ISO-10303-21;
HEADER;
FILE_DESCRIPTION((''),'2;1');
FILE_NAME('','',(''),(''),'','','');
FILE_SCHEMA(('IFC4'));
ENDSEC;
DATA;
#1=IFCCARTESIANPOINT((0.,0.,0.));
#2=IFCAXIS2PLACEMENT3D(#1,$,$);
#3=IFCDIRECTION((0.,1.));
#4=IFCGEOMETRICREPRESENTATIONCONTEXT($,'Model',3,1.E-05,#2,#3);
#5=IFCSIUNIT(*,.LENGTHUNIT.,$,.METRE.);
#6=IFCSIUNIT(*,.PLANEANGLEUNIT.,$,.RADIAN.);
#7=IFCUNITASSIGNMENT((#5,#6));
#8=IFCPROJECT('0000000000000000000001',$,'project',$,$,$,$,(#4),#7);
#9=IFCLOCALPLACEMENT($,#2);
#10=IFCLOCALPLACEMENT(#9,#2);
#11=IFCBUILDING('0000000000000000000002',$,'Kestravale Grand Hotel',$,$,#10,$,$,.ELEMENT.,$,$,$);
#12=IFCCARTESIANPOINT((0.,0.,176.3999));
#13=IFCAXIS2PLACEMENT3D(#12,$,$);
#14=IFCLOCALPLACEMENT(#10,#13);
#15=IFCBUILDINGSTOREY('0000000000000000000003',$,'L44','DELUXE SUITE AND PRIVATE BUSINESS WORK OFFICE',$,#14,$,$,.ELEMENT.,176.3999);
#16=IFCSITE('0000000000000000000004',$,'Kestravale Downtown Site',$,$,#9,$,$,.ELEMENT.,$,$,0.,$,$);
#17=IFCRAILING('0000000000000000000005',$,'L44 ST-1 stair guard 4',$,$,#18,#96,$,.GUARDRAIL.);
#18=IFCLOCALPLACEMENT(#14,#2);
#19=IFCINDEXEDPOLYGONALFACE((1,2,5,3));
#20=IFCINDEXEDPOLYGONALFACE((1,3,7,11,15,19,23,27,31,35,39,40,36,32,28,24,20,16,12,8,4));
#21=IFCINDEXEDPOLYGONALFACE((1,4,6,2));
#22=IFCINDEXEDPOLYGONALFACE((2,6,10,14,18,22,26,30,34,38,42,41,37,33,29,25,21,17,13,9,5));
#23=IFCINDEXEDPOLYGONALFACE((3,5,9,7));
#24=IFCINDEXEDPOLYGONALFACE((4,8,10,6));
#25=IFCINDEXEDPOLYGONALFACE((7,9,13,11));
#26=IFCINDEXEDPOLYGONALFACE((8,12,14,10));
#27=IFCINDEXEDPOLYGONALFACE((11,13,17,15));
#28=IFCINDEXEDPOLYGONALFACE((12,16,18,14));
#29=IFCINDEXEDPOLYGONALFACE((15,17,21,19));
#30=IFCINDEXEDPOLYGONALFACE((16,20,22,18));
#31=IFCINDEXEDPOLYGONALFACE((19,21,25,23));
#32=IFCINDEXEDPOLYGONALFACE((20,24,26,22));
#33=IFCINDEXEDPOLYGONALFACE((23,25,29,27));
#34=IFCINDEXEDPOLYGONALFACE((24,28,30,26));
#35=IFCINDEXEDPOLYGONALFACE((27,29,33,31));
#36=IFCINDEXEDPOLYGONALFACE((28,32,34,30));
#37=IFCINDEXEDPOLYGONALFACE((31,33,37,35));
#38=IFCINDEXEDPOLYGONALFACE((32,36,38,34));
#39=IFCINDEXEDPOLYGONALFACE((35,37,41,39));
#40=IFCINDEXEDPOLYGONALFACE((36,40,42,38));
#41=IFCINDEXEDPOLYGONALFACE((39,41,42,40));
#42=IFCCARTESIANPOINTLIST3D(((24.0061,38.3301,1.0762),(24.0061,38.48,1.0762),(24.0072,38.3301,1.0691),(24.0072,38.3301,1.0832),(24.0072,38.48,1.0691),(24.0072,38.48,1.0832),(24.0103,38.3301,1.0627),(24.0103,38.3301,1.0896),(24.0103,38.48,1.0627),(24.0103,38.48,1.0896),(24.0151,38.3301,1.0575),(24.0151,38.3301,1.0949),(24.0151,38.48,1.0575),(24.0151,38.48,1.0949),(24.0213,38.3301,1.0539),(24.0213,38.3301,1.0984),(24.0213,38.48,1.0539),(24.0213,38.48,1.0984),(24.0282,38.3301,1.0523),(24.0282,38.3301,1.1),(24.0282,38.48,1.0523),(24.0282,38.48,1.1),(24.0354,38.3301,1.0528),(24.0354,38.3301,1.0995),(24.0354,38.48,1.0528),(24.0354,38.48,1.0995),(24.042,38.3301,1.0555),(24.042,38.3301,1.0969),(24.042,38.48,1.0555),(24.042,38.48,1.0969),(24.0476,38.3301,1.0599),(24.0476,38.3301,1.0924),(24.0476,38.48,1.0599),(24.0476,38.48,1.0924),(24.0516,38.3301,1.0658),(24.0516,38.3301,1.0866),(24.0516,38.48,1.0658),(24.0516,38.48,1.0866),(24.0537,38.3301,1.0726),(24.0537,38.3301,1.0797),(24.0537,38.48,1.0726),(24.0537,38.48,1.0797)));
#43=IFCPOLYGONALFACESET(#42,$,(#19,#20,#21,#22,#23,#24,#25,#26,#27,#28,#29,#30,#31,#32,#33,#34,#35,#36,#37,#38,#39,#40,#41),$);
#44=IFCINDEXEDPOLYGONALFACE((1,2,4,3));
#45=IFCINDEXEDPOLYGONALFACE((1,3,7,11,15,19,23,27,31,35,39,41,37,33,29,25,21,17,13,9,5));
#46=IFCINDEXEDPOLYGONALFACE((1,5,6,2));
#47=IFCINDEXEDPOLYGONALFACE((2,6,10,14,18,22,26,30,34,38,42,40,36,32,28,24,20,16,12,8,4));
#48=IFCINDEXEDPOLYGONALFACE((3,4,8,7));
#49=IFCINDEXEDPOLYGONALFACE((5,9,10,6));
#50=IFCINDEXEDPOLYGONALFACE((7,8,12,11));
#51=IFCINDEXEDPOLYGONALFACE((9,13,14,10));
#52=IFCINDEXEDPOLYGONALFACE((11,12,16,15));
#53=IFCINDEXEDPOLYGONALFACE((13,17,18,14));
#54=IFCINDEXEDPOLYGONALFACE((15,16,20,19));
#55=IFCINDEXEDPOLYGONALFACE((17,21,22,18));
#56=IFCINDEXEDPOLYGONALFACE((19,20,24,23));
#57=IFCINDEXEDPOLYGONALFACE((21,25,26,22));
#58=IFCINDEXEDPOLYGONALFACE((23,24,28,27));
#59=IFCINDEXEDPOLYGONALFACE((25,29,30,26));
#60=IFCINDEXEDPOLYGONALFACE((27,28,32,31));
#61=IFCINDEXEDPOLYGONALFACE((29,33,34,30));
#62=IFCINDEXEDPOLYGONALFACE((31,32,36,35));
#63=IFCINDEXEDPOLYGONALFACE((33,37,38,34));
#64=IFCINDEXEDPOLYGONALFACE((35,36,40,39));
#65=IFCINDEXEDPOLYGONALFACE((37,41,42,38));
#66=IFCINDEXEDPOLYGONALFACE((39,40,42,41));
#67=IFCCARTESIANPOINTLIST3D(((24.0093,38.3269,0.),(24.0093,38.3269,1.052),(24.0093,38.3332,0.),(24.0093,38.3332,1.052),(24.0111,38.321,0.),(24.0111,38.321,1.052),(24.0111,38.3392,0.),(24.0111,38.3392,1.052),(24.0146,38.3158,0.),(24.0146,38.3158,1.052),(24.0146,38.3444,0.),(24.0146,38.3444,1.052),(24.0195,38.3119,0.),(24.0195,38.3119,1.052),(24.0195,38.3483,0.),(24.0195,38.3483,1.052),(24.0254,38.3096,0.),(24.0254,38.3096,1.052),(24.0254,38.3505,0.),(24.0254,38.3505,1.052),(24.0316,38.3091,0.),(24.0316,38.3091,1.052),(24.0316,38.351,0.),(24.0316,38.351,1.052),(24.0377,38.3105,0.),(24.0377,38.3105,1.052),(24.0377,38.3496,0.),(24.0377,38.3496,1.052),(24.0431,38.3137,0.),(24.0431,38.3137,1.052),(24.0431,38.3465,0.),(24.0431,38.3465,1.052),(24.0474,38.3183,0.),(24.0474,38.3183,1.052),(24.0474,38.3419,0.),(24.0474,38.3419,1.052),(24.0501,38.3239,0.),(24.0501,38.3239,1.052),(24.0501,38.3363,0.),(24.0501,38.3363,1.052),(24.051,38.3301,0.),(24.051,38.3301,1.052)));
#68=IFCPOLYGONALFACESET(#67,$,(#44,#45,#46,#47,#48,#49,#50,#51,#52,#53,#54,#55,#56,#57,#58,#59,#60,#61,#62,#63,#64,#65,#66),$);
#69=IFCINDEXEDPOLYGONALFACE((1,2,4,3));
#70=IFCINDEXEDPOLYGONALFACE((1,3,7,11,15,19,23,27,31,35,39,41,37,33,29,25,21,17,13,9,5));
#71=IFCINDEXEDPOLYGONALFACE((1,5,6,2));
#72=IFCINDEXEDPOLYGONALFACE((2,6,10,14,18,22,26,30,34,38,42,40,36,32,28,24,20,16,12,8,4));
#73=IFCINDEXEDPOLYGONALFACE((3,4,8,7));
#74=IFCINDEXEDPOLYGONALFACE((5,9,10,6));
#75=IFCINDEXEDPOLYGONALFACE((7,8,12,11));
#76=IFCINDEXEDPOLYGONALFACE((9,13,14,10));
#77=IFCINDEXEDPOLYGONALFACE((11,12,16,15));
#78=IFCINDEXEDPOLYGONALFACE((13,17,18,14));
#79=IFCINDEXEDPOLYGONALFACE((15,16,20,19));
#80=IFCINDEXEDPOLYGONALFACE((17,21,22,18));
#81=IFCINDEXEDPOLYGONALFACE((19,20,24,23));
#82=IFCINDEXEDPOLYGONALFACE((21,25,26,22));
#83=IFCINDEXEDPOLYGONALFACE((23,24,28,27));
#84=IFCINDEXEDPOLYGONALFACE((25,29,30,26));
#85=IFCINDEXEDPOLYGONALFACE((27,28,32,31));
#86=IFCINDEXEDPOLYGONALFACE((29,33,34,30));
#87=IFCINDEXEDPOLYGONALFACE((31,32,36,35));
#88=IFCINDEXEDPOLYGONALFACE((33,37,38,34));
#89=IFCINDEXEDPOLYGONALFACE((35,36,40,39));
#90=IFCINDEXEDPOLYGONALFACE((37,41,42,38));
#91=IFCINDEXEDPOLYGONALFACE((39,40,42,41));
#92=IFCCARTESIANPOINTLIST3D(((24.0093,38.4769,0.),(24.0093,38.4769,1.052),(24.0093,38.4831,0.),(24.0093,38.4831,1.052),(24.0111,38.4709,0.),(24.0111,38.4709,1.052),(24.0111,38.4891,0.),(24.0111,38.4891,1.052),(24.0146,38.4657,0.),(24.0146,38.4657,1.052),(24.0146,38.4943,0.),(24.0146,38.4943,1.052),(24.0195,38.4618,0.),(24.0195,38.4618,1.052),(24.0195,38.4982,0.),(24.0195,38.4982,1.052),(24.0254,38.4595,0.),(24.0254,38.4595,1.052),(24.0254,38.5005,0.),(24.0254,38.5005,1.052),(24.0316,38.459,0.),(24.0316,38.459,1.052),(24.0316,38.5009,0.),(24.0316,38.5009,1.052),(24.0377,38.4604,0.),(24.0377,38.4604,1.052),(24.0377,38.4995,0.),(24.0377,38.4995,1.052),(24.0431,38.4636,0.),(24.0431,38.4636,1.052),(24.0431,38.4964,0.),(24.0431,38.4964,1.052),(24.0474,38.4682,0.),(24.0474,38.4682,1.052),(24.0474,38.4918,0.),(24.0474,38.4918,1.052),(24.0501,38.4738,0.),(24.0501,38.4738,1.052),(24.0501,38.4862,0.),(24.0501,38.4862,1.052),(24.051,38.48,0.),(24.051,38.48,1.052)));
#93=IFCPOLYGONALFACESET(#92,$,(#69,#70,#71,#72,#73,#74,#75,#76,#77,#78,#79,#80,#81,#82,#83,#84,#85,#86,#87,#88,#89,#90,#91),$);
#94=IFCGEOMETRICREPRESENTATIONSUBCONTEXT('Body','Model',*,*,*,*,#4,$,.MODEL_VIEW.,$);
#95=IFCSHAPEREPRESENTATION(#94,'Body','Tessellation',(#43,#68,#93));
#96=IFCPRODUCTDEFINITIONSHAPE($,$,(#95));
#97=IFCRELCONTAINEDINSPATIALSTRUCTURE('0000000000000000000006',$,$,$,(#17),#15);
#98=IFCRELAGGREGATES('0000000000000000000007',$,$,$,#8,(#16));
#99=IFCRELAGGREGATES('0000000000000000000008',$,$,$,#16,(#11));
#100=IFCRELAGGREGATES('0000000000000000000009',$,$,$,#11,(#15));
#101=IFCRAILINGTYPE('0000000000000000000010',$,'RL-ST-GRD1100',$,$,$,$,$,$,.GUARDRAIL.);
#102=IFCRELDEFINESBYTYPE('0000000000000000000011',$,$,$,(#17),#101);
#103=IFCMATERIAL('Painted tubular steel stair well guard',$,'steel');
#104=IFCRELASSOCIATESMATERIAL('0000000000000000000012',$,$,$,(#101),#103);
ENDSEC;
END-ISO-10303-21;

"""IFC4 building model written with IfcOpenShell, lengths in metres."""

from ifc_helpers import new_model, si_unit, direction, frame, origin, origin_2d, place, context, subcontext, project, spatial, circle, extrude, material, type_object, element, save


model = new_model("IFC4")

# Units and contexts
model_context = context("Model", 3, precision=1e-05, world=origin(), true_north=direction((0.0, 1.0)))
body_context = subcontext(model_context, "Body", "Model", "MODEL_VIEW")
ifc_project = project(units=[si_unit("LENGTHUNIT", "METRE"), si_unit("PLANEANGLEUNIT", "RADIAN")], contexts=[model_context])

# Site, building, storey
site_placement = place(None, origin())
site = spatial("IfcSite", under=ifc_project, at=site_placement, Name="Kestravale Downtown Site", CompositionType="ELEMENT", RefElevation=0.0)
building_placement = place(site_placement, origin())
building = spatial("IfcBuilding", under=site, at=building_placement, Name="Kestravale Grand Hotel", CompositionType="ELEMENT")
storey_placement = place(building_placement, frame((0.0, 0.0, 176.3999)))
storey = spatial("IfcBuildingStorey", under=building, at=storey_placement, Name="L44", Description="DELUXE SUITE AND PRIVATE BUSINESS WORK OFFICE", CompositionType="ELEMENT", Elevation=176.3999)

# Railing
ifc_material_1 = material(Name="Painted tubular steel stair well guard", Category="steel")
railing_type_1 = type_object("IfcRailingType", Name="RL-ST-GRD1100", PredefinedType="GUARDRAIL", material=ifc_material_1)
railing_1_placement = place(storey_placement, frame((24.03, 38.3301, 0.0)))
element("IfcRailing", 1, at=railing_1_placement, inside=storey, type_object=railing_type_1, Name="L44 ST-1 stair guard 4", PredefinedType="GUARDRAIL", context=body_context, shape_type="SweptSolid", body=[
    extrude(circle(Radius=0.0239, at=origin_2d()), frame((0.0, 0.0, 1.0762), z_axis=(0.0, 1.0, 0.0), x_axis=(-1.0, 0.0, 0.0)), (0.0, 0.0, 1.0), 0.1499),
    extrude(circle(Radius=0.021, at=origin_2d()), origin(), (0.0, 0.0, 1.0), 1.052),
    extrude(circle(Radius=0.021, at=origin_2d()), frame((0.0, 0.1499, 0.0)), (0.0, 0.0, 1.0), 1.052),
])

save(model, "model.ifc")
